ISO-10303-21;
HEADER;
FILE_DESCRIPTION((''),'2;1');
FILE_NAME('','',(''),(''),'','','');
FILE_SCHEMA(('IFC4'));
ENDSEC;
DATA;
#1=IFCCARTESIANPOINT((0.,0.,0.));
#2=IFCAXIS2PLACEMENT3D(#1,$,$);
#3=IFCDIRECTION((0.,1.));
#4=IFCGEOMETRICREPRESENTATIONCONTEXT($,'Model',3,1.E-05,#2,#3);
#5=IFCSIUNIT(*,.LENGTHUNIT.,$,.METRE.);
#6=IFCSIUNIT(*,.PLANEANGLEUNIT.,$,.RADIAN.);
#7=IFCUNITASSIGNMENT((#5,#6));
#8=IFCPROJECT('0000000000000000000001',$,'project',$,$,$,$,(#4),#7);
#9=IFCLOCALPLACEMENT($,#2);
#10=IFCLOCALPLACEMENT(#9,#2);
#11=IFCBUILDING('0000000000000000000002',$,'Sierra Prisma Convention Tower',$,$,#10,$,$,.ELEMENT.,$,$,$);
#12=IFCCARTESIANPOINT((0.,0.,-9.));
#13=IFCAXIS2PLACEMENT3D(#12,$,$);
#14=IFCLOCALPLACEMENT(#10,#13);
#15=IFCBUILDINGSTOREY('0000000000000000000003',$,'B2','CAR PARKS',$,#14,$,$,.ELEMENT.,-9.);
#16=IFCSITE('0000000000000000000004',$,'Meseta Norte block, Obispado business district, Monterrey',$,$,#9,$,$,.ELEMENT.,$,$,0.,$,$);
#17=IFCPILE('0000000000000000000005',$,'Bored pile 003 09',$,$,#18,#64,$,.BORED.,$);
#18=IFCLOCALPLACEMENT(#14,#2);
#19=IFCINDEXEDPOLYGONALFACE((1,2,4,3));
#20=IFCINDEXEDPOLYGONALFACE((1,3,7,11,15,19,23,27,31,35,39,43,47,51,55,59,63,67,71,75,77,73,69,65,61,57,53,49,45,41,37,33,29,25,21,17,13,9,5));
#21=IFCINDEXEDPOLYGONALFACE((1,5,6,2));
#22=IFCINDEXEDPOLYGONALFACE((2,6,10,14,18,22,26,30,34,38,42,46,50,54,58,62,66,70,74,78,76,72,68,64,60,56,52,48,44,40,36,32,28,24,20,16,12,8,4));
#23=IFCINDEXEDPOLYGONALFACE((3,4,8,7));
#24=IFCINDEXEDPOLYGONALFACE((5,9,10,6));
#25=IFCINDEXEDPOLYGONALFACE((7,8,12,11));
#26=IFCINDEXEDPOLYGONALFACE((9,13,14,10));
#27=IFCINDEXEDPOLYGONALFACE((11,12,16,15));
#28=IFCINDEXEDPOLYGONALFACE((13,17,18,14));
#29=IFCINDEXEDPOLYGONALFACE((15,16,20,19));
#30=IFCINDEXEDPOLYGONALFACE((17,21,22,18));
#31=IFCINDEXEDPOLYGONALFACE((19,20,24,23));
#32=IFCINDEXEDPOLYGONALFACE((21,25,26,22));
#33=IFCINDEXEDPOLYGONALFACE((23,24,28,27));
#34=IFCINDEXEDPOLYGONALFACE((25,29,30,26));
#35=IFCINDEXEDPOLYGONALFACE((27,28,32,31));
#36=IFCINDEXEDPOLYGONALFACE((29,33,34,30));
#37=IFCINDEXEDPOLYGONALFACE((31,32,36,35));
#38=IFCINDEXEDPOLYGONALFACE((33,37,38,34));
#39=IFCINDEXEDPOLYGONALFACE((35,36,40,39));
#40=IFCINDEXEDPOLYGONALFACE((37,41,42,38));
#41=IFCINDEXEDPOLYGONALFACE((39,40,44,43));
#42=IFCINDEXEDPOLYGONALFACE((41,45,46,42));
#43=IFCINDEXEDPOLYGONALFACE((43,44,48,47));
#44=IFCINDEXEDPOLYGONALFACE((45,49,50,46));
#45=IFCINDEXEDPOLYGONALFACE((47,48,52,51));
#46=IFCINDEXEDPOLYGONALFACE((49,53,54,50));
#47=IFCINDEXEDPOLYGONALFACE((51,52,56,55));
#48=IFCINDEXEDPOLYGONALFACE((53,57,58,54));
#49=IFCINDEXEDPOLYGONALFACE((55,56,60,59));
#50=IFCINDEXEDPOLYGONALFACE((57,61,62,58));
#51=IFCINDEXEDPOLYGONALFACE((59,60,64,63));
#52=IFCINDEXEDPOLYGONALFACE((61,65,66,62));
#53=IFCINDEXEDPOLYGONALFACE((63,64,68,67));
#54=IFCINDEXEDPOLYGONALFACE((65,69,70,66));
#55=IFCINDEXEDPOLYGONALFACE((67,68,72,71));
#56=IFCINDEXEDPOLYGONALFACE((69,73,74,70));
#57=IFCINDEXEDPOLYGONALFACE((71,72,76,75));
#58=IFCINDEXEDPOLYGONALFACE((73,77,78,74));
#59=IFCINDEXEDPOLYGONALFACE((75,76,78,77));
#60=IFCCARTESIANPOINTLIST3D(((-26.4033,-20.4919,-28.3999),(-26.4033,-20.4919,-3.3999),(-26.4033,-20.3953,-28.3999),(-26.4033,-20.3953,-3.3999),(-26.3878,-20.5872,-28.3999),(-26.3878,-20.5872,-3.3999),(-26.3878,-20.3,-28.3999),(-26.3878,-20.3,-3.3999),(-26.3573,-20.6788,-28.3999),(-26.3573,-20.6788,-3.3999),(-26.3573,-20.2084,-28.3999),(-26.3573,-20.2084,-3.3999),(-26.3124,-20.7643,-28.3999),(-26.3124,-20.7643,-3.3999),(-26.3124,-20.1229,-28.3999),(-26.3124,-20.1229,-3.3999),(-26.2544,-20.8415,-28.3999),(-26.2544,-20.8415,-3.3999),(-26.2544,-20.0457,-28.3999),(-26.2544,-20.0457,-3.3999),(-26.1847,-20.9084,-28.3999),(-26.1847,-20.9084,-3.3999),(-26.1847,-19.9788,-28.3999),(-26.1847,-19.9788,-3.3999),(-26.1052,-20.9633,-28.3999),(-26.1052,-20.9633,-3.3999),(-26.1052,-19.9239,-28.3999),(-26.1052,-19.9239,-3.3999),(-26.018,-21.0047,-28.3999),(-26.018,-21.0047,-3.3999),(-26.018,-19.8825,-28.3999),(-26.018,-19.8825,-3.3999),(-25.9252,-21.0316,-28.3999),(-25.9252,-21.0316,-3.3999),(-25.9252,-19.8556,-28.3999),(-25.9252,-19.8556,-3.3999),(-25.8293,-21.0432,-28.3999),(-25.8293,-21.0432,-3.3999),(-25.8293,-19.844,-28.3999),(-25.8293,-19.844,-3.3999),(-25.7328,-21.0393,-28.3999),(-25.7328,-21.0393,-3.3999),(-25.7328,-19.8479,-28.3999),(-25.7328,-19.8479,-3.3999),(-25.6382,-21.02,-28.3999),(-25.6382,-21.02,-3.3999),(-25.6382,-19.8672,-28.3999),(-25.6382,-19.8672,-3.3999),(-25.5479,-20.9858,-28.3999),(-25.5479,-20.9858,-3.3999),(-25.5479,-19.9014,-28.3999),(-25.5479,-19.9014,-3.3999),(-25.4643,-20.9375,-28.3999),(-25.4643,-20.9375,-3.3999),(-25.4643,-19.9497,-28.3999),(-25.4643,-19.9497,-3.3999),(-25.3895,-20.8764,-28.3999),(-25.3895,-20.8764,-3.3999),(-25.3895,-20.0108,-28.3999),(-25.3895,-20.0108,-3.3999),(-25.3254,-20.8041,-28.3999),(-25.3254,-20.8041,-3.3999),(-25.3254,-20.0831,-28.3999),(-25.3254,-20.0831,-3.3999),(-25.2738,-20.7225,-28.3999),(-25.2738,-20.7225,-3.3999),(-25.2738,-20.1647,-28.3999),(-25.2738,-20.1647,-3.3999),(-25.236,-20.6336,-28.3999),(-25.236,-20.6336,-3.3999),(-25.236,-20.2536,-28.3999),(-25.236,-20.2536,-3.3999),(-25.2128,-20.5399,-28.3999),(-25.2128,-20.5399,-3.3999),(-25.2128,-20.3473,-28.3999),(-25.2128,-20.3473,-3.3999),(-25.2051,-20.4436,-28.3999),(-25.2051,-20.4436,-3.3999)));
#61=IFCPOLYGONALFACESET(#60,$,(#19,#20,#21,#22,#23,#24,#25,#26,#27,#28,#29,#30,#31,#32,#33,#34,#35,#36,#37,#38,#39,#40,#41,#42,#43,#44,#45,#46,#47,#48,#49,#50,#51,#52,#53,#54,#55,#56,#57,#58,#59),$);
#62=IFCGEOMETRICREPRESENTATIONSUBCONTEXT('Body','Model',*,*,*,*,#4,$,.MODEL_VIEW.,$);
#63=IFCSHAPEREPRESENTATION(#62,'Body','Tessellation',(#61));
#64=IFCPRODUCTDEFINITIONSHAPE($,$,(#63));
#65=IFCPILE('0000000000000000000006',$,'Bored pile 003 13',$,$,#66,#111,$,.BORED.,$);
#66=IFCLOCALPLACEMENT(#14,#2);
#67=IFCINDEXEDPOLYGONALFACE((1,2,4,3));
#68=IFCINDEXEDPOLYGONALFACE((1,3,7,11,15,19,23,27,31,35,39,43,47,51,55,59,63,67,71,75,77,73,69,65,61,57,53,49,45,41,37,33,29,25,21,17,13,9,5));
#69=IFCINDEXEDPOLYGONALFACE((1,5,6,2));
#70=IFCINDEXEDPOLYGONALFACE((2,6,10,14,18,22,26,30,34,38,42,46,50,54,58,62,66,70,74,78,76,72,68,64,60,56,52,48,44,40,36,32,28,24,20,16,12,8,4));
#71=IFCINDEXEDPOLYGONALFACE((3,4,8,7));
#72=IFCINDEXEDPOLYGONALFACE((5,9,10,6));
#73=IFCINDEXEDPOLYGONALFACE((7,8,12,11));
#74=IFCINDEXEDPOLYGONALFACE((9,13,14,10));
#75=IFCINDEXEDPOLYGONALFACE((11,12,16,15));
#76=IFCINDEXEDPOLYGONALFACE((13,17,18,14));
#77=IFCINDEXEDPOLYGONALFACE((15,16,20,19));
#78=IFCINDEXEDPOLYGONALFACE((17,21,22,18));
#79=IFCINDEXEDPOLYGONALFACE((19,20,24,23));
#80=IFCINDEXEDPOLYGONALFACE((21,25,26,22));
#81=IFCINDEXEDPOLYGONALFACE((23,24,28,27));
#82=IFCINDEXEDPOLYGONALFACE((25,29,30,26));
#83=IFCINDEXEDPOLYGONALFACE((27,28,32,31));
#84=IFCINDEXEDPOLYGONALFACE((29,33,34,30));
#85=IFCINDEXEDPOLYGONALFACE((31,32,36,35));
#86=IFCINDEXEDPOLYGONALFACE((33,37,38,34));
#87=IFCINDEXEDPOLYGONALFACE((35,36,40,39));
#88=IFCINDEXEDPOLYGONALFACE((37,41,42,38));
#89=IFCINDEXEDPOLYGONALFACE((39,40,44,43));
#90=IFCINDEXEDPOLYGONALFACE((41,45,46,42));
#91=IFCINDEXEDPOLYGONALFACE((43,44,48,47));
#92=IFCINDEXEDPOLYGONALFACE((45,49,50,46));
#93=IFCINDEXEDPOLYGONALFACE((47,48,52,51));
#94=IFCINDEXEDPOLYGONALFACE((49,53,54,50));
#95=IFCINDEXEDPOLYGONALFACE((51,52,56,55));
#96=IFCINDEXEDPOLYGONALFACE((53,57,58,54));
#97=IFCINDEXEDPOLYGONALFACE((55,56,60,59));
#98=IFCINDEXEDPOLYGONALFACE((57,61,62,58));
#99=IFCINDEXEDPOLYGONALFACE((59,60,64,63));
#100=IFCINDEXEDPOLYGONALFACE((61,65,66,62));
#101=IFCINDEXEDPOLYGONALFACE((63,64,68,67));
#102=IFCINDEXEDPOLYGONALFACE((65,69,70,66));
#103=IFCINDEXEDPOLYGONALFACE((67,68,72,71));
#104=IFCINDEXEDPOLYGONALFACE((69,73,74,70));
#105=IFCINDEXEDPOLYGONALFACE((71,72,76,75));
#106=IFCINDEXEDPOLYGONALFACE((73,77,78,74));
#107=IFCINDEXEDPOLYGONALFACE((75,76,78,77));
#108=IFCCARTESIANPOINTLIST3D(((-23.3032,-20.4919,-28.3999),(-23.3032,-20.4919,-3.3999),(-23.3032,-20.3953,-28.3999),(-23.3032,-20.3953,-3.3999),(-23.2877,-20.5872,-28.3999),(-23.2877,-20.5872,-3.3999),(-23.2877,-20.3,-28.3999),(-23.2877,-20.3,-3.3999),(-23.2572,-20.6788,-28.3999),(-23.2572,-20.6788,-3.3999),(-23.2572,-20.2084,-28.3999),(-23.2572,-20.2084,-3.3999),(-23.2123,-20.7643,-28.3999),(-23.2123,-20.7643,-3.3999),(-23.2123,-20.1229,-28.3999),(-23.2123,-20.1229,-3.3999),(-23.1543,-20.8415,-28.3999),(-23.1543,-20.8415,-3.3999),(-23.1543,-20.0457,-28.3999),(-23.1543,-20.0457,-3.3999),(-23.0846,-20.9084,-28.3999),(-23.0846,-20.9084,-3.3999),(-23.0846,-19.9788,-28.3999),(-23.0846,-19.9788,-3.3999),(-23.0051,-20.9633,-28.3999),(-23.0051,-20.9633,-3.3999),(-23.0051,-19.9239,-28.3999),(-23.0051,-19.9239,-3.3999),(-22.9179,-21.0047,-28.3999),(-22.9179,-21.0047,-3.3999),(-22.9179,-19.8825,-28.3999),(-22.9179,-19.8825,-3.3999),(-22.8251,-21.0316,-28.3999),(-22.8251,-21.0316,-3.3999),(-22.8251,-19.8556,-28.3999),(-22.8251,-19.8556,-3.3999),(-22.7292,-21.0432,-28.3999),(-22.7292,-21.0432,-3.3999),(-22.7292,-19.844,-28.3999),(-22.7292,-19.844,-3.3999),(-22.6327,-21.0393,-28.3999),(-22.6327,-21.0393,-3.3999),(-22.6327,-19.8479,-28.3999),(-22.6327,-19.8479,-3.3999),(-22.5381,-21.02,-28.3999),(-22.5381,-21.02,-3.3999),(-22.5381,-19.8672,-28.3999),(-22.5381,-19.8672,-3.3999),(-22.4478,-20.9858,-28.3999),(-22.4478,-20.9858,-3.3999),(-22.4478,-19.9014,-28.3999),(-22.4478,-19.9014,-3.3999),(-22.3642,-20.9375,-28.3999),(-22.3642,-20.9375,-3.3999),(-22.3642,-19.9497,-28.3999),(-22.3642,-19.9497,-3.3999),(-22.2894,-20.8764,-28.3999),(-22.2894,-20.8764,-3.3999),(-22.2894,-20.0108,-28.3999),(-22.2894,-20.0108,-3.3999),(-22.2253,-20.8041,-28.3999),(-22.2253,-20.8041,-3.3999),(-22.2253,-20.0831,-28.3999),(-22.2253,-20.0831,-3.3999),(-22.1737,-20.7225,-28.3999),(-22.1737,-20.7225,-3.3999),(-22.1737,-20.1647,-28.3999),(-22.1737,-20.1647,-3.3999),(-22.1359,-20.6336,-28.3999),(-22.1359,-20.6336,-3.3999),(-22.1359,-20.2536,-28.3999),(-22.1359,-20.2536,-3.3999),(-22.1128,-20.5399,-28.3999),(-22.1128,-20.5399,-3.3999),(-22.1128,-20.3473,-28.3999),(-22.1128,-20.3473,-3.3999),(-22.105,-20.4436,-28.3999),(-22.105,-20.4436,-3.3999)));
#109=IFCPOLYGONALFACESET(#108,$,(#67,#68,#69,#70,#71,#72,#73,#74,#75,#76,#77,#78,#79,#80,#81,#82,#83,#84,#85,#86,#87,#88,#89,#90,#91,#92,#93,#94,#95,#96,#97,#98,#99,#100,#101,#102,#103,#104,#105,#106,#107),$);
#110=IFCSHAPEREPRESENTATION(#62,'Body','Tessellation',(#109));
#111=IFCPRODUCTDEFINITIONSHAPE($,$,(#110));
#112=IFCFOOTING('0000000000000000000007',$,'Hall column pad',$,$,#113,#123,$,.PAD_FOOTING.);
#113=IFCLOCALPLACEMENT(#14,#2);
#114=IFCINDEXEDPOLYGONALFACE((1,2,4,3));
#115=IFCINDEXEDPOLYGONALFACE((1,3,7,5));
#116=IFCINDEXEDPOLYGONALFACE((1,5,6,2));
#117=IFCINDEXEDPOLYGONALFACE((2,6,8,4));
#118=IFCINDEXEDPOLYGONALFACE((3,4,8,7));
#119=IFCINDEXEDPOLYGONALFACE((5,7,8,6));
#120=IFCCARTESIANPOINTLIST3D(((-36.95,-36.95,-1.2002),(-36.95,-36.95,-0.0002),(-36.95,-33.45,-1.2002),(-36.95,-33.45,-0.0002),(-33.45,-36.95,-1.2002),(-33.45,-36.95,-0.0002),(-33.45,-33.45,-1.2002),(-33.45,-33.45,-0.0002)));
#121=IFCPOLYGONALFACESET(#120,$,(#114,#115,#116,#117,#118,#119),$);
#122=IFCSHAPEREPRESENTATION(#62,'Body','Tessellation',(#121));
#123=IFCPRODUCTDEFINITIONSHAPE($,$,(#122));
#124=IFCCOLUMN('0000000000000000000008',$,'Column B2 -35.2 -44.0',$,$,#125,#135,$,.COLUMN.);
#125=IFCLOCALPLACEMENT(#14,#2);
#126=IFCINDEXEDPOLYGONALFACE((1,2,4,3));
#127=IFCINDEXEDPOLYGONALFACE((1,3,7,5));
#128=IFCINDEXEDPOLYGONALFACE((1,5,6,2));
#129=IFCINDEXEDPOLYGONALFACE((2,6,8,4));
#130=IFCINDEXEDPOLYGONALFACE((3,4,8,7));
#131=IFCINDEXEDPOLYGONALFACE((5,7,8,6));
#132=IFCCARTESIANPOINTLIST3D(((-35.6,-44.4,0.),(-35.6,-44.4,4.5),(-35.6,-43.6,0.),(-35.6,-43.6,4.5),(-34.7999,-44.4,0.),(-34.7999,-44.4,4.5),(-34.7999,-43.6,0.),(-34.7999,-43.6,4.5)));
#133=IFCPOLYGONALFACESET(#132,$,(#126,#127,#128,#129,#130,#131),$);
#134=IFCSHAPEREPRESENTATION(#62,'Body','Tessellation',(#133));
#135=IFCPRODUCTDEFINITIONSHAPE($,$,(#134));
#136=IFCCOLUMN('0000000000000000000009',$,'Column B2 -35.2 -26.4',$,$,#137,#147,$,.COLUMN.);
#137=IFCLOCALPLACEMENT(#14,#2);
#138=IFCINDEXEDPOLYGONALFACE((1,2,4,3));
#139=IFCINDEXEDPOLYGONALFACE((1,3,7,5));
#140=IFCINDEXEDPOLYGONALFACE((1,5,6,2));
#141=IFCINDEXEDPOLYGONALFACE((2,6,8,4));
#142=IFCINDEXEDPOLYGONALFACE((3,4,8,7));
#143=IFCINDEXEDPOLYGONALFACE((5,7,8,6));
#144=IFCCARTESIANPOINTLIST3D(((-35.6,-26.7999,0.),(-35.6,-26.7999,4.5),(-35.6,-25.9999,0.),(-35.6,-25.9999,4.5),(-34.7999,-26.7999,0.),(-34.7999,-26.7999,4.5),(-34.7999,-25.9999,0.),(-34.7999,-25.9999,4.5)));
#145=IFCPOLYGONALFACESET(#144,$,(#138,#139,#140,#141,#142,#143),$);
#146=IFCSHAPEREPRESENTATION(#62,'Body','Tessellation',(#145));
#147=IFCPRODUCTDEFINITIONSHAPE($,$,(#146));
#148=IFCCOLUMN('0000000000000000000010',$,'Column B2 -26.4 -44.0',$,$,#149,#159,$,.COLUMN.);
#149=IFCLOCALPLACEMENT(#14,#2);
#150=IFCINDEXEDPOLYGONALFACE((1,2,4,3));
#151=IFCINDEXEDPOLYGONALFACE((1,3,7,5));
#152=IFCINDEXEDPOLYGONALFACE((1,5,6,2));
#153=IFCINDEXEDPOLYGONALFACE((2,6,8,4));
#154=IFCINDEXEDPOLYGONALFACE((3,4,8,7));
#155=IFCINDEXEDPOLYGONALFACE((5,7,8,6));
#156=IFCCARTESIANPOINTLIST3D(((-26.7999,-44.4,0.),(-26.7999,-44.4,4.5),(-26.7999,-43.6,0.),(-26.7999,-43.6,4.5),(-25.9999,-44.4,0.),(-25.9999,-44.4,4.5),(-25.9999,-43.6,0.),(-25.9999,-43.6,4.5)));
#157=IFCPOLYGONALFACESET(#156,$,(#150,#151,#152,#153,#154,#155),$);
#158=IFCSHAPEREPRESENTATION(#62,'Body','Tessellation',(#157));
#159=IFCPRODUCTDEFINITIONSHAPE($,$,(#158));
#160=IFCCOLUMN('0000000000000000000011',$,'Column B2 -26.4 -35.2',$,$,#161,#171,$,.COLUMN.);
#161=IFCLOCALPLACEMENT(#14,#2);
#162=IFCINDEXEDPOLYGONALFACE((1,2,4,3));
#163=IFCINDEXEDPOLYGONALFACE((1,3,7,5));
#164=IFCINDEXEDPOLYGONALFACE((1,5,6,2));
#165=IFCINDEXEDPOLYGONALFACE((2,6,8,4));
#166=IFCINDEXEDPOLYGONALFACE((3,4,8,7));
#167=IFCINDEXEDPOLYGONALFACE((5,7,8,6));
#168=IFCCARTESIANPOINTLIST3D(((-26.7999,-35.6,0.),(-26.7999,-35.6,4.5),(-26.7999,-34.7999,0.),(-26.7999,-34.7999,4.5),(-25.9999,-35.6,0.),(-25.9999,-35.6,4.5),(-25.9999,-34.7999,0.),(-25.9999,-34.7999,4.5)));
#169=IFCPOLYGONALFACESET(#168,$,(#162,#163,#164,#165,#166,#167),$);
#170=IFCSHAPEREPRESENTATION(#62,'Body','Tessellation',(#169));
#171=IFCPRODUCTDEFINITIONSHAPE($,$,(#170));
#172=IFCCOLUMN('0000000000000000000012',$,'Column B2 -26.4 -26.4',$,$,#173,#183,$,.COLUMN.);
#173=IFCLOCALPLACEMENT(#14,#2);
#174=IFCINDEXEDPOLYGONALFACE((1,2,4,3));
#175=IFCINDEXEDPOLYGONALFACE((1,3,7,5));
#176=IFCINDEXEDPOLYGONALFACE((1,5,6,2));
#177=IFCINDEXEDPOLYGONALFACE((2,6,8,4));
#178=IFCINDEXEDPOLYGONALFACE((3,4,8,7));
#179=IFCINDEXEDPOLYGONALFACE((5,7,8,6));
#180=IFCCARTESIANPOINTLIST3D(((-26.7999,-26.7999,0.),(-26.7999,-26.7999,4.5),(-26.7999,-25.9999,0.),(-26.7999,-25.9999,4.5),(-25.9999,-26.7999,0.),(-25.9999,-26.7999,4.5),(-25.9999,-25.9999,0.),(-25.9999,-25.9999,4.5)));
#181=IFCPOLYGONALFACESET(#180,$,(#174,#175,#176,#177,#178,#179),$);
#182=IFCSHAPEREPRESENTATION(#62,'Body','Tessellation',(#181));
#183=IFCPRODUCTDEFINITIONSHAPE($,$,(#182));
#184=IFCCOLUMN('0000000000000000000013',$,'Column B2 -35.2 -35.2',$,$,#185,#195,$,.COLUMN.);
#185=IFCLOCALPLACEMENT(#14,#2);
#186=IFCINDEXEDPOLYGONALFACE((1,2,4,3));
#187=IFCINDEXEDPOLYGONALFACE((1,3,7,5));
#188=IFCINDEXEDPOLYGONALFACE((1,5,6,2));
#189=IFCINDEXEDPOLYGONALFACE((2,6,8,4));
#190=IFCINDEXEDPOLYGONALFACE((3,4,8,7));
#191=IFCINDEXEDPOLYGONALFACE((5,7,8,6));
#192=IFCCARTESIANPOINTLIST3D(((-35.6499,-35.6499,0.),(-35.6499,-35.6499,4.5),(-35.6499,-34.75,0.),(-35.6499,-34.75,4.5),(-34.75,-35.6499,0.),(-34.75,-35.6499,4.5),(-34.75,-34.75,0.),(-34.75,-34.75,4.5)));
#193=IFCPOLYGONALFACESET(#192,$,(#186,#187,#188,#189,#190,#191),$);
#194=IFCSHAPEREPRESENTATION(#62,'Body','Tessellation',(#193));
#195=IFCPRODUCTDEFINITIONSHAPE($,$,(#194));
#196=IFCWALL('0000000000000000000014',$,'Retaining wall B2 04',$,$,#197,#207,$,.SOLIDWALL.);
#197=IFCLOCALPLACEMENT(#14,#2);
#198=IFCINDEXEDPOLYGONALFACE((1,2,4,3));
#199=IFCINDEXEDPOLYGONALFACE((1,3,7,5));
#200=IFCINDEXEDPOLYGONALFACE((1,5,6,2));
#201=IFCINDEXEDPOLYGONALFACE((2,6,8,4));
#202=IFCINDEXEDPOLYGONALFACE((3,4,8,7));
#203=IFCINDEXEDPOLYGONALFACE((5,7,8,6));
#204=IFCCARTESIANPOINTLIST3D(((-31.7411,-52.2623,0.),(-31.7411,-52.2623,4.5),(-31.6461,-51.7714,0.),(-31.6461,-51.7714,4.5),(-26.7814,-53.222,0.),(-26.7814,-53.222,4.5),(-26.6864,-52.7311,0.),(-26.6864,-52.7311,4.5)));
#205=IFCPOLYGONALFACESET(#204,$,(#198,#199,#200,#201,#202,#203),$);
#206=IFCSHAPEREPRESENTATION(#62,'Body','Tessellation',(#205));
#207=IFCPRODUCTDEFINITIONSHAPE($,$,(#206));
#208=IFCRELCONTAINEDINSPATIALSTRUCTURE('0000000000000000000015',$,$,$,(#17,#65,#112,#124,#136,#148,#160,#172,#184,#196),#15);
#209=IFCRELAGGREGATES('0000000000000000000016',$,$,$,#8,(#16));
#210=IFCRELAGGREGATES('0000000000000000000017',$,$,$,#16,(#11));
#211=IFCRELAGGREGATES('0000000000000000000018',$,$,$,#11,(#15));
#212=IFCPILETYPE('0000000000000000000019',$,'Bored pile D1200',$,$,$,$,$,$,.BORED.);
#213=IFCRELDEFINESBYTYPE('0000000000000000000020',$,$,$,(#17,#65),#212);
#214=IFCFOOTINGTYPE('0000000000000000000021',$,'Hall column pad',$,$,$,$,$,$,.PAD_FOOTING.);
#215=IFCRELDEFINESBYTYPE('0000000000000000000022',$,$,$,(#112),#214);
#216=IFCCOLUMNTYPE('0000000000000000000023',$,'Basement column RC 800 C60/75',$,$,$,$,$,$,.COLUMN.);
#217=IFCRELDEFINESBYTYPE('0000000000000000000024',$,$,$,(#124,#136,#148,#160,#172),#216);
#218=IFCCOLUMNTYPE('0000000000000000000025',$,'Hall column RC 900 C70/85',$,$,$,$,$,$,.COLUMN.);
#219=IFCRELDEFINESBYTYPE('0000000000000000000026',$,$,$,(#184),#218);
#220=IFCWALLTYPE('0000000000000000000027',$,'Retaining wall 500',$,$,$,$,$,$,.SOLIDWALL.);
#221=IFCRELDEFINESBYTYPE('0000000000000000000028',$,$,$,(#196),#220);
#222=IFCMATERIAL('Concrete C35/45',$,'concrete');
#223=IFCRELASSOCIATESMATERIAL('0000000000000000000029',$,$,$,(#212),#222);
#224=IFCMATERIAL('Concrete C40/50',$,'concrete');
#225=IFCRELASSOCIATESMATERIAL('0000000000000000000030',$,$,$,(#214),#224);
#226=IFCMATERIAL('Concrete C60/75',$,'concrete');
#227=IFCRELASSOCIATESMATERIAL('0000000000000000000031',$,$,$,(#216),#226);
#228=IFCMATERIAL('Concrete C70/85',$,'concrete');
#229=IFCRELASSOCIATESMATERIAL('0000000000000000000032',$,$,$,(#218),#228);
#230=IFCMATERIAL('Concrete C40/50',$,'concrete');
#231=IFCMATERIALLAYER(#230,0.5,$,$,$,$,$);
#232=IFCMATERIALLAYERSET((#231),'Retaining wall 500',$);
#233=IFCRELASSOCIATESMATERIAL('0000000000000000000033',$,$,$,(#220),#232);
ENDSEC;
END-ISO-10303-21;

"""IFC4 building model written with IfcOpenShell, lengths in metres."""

from ifc_helpers import new_model, si_unit, direction, frame, frame_2d, origin, origin_2d, place, context, subcontext, project, spatial, rectangle, circle, extrude, material, layer, layer_set, material_profile, profile_set, type_object, element, save


model = new_model("IFC4")

# Units and contexts
model_context = context("Model", 3, precision=1e-05, world=origin(), true_north=direction((0.0, 1.0)))
body_context = subcontext(model_context, "Body", "Model", "MODEL_VIEW")
ifc_project = project(units=[si_unit("LENGTHUNIT", "METRE"), si_unit("PLANEANGLEUNIT", "RADIAN")], contexts=[model_context])

# Site, building, storey
site_placement = place(None, origin())
site = spatial("IfcSite", under=ifc_project, at=site_placement, Name="Meseta Norte block, Obispado business district, Monterrey", CompositionType="ELEMENT", RefElevation=0.0)
building_placement = place(site_placement, origin())
building = spatial("IfcBuilding", under=site, at=building_placement, Name="Sierra Prisma Convention Tower", CompositionType="ELEMENT")
storey_placement = place(building_placement, frame((0.0, 0.0, -9.0)))
storey = spatial("IfcBuildingStorey", under=building, at=storey_placement, Name="B2", Description="CAR PARKS", CompositionType="ELEMENT", Elevation=-9.0)

# Piles
ifc_material_1 = material(Name="Concrete C35/45", Category="concrete")
ifc_material_profile_1 = material_profile(ifc_material_1, circle(Radius=0.6001, at=origin_2d()), Name="D1200")
ifc_profile_set_1 = profile_set([ifc_material_profile_1], Name="Concrete C35/45")
pile_type_1 = type_object("IfcPileType", Name="Bored pile D1200", PredefinedType="BORED", material=ifc_profile_set_1)
for number, where, z_axis, x_axis, name in (
    (1, (-25.8052, -20.4436, -3.3999), (0.0, 0.0, -1.0), (1.0, 0.0, 0.0), "Bored pile 003 09"),
    (2, (-22.7051, -20.4436, -3.3999), (0.0, 0.0, -1.0), (1.0, 0.0, 0.0), "Bored pile 003 13"),
):
    element("IfcPile", number, at=place(storey_placement, frame(where, z_axis=z_axis, x_axis=x_axis)), inside=storey, type_object=pile_type_1, Name=name, PredefinedType="BORED", context=body_context, shape_type="SweptSolid", body=[
        extrude(circle(Radius=0.6001, at=origin_2d()), origin(), (0.0, 0.0, 1.0), 25.0),
    ])

# Footing
ifc_material_2 = material(Name="Concrete C40/50", Category="concrete")
footing_type_1 = type_object("IfcFootingType", Name="Hall column pad", PredefinedType="PAD_FOOTING", material=ifc_material_2)
footing_placement = place(storey_placement, frame((-35.2, -35.2, -1.2002), z_axis=(0.0, 0.0, 1.0), x_axis=(1.0, 0.0, 0.0)))
element("IfcFooting", 3, at=footing_placement, inside=storey, type_object=footing_type_1, Name="Hall column pad", PredefinedType="PAD_FOOTING", context=body_context, shape_type="SweptSolid", body=[
    extrude(rectangle(XDim=3.5, YDim=3.5, at=origin_2d()), origin(), (0.0, 0.0, 1.0), 1.2),
])

# Columns
ifc_material_3 = material(Name="Concrete C60/75", Category="concrete")
ifc_material_profile_2 = material_profile(ifc_material_3, rectangle(XDim=0.8, YDim=0.8, at=origin_2d()), Name="Basement column RC 800 C60/75")
ifc_profile_set_2 = profile_set([ifc_material_profile_2], Name="Concrete C60/75")
column_type_1 = type_object("IfcColumnType", Name="Basement column RC 800 C60/75", PredefinedType="COLUMN", material=ifc_profile_set_2)
for number, where, z_axis, x_axis, name in (
    (4, (-35.2, -44.0, 0.0), (0.0, 0.0, 1.0), (1.0, 0.0, 0.0), "Column B2 -35.2 -44.0"),
    (5, (-35.2, -26.3999, 0.0), (0.0, 0.0, 1.0), (1.0, 0.0, 0.0), "Column B2 -35.2 -26.4"),
    (6, (-26.3999, -44.0, 0.0), (0.0, 0.0, 1.0), (1.0, 0.0, 0.0), "Column B2 -26.4 -44.0"),
    (7, (-26.3999, -35.2, 0.0), (0.0, 0.0, 1.0), (1.0, 0.0, 0.0), "Column B2 -26.4 -35.2"),
    (8, (-26.3999, -26.3999, 0.0), (0.0, 0.0, 1.0), (1.0, 0.0, 0.0), "Column B2 -26.4 -26.4"),
):
    element("IfcColumn", number, at=place(storey_placement, frame(where, z_axis=z_axis, x_axis=x_axis)), inside=storey, type_object=column_type_1, Name=name, PredefinedType="COLUMN", context=body_context, shape_type="SweptSolid", body=[
        extrude(rectangle(XDim=0.8, YDim=0.8, at=origin_2d()), origin(), (0.0, 0.0, 1.0), 4.5),
    ])
ifc_material_4 = material(Name="Concrete C70/85", Category="concrete")
ifc_material_profile_3 = material_profile(ifc_material_4, rectangle(XDim=0.8999, YDim=0.8999, at=origin_2d()), Name="Hall column RC 900 C70/85")
ifc_profile_set_3 = profile_set([ifc_material_profile_3], Name="Concrete C70/85")
column_type_2 = type_object("IfcColumnType", Name="Hall column RC 900 C70/85", PredefinedType="COLUMN", material=ifc_profile_set_3)
column_placement = place(storey_placement, frame((-35.2, -35.2, 0.0), z_axis=(0.0, 0.0, 1.0), x_axis=(1.0, 0.0, 0.0)))
element("IfcColumn", 9, at=column_placement, inside=storey, type_object=column_type_2, Name="Column B2 -35.2 -35.2", PredefinedType="COLUMN", context=body_context, shape_type="SweptSolid", body=[
    extrude(rectangle(XDim=0.8999, YDim=0.8999, at=origin_2d()), origin(), (0.0, 0.0, 1.0), 4.5),
])

# Wall
ifc_material_5 = material(Name="Concrete C40/50", Category="concrete")
ifc_layer = layer(ifc_material_5, 0.5)
ifc_layer_set = layer_set([ifc_layer], Name="Retaining wall 500")
wall_type = type_object("IfcWallType", Name="Retaining wall 500", PredefinedType="SOLIDWALL", material=ifc_layer_set)
wall_1_placement = place(storey_placement, frame((-26.7339, -52.9766, 0.0), z_axis=(0.0, 0.0, 1.0), x_axis=(-0.981788, 0.189978, 0.0)))
element("IfcWall", 10, at=wall_1_placement, inside=storey, type_object=wall_type, Name="Retaining wall B2 04", PredefinedType="SOLIDWALL", context=body_context, shape_type="SweptSolid", body=[
    extrude(rectangle(XDim=5.0518, YDim=0.5, at=frame_2d((2.5259, 0.0))), origin(), (0.0, 0.0, 1.0), 4.5),
])

save(model, "model.ifc")
